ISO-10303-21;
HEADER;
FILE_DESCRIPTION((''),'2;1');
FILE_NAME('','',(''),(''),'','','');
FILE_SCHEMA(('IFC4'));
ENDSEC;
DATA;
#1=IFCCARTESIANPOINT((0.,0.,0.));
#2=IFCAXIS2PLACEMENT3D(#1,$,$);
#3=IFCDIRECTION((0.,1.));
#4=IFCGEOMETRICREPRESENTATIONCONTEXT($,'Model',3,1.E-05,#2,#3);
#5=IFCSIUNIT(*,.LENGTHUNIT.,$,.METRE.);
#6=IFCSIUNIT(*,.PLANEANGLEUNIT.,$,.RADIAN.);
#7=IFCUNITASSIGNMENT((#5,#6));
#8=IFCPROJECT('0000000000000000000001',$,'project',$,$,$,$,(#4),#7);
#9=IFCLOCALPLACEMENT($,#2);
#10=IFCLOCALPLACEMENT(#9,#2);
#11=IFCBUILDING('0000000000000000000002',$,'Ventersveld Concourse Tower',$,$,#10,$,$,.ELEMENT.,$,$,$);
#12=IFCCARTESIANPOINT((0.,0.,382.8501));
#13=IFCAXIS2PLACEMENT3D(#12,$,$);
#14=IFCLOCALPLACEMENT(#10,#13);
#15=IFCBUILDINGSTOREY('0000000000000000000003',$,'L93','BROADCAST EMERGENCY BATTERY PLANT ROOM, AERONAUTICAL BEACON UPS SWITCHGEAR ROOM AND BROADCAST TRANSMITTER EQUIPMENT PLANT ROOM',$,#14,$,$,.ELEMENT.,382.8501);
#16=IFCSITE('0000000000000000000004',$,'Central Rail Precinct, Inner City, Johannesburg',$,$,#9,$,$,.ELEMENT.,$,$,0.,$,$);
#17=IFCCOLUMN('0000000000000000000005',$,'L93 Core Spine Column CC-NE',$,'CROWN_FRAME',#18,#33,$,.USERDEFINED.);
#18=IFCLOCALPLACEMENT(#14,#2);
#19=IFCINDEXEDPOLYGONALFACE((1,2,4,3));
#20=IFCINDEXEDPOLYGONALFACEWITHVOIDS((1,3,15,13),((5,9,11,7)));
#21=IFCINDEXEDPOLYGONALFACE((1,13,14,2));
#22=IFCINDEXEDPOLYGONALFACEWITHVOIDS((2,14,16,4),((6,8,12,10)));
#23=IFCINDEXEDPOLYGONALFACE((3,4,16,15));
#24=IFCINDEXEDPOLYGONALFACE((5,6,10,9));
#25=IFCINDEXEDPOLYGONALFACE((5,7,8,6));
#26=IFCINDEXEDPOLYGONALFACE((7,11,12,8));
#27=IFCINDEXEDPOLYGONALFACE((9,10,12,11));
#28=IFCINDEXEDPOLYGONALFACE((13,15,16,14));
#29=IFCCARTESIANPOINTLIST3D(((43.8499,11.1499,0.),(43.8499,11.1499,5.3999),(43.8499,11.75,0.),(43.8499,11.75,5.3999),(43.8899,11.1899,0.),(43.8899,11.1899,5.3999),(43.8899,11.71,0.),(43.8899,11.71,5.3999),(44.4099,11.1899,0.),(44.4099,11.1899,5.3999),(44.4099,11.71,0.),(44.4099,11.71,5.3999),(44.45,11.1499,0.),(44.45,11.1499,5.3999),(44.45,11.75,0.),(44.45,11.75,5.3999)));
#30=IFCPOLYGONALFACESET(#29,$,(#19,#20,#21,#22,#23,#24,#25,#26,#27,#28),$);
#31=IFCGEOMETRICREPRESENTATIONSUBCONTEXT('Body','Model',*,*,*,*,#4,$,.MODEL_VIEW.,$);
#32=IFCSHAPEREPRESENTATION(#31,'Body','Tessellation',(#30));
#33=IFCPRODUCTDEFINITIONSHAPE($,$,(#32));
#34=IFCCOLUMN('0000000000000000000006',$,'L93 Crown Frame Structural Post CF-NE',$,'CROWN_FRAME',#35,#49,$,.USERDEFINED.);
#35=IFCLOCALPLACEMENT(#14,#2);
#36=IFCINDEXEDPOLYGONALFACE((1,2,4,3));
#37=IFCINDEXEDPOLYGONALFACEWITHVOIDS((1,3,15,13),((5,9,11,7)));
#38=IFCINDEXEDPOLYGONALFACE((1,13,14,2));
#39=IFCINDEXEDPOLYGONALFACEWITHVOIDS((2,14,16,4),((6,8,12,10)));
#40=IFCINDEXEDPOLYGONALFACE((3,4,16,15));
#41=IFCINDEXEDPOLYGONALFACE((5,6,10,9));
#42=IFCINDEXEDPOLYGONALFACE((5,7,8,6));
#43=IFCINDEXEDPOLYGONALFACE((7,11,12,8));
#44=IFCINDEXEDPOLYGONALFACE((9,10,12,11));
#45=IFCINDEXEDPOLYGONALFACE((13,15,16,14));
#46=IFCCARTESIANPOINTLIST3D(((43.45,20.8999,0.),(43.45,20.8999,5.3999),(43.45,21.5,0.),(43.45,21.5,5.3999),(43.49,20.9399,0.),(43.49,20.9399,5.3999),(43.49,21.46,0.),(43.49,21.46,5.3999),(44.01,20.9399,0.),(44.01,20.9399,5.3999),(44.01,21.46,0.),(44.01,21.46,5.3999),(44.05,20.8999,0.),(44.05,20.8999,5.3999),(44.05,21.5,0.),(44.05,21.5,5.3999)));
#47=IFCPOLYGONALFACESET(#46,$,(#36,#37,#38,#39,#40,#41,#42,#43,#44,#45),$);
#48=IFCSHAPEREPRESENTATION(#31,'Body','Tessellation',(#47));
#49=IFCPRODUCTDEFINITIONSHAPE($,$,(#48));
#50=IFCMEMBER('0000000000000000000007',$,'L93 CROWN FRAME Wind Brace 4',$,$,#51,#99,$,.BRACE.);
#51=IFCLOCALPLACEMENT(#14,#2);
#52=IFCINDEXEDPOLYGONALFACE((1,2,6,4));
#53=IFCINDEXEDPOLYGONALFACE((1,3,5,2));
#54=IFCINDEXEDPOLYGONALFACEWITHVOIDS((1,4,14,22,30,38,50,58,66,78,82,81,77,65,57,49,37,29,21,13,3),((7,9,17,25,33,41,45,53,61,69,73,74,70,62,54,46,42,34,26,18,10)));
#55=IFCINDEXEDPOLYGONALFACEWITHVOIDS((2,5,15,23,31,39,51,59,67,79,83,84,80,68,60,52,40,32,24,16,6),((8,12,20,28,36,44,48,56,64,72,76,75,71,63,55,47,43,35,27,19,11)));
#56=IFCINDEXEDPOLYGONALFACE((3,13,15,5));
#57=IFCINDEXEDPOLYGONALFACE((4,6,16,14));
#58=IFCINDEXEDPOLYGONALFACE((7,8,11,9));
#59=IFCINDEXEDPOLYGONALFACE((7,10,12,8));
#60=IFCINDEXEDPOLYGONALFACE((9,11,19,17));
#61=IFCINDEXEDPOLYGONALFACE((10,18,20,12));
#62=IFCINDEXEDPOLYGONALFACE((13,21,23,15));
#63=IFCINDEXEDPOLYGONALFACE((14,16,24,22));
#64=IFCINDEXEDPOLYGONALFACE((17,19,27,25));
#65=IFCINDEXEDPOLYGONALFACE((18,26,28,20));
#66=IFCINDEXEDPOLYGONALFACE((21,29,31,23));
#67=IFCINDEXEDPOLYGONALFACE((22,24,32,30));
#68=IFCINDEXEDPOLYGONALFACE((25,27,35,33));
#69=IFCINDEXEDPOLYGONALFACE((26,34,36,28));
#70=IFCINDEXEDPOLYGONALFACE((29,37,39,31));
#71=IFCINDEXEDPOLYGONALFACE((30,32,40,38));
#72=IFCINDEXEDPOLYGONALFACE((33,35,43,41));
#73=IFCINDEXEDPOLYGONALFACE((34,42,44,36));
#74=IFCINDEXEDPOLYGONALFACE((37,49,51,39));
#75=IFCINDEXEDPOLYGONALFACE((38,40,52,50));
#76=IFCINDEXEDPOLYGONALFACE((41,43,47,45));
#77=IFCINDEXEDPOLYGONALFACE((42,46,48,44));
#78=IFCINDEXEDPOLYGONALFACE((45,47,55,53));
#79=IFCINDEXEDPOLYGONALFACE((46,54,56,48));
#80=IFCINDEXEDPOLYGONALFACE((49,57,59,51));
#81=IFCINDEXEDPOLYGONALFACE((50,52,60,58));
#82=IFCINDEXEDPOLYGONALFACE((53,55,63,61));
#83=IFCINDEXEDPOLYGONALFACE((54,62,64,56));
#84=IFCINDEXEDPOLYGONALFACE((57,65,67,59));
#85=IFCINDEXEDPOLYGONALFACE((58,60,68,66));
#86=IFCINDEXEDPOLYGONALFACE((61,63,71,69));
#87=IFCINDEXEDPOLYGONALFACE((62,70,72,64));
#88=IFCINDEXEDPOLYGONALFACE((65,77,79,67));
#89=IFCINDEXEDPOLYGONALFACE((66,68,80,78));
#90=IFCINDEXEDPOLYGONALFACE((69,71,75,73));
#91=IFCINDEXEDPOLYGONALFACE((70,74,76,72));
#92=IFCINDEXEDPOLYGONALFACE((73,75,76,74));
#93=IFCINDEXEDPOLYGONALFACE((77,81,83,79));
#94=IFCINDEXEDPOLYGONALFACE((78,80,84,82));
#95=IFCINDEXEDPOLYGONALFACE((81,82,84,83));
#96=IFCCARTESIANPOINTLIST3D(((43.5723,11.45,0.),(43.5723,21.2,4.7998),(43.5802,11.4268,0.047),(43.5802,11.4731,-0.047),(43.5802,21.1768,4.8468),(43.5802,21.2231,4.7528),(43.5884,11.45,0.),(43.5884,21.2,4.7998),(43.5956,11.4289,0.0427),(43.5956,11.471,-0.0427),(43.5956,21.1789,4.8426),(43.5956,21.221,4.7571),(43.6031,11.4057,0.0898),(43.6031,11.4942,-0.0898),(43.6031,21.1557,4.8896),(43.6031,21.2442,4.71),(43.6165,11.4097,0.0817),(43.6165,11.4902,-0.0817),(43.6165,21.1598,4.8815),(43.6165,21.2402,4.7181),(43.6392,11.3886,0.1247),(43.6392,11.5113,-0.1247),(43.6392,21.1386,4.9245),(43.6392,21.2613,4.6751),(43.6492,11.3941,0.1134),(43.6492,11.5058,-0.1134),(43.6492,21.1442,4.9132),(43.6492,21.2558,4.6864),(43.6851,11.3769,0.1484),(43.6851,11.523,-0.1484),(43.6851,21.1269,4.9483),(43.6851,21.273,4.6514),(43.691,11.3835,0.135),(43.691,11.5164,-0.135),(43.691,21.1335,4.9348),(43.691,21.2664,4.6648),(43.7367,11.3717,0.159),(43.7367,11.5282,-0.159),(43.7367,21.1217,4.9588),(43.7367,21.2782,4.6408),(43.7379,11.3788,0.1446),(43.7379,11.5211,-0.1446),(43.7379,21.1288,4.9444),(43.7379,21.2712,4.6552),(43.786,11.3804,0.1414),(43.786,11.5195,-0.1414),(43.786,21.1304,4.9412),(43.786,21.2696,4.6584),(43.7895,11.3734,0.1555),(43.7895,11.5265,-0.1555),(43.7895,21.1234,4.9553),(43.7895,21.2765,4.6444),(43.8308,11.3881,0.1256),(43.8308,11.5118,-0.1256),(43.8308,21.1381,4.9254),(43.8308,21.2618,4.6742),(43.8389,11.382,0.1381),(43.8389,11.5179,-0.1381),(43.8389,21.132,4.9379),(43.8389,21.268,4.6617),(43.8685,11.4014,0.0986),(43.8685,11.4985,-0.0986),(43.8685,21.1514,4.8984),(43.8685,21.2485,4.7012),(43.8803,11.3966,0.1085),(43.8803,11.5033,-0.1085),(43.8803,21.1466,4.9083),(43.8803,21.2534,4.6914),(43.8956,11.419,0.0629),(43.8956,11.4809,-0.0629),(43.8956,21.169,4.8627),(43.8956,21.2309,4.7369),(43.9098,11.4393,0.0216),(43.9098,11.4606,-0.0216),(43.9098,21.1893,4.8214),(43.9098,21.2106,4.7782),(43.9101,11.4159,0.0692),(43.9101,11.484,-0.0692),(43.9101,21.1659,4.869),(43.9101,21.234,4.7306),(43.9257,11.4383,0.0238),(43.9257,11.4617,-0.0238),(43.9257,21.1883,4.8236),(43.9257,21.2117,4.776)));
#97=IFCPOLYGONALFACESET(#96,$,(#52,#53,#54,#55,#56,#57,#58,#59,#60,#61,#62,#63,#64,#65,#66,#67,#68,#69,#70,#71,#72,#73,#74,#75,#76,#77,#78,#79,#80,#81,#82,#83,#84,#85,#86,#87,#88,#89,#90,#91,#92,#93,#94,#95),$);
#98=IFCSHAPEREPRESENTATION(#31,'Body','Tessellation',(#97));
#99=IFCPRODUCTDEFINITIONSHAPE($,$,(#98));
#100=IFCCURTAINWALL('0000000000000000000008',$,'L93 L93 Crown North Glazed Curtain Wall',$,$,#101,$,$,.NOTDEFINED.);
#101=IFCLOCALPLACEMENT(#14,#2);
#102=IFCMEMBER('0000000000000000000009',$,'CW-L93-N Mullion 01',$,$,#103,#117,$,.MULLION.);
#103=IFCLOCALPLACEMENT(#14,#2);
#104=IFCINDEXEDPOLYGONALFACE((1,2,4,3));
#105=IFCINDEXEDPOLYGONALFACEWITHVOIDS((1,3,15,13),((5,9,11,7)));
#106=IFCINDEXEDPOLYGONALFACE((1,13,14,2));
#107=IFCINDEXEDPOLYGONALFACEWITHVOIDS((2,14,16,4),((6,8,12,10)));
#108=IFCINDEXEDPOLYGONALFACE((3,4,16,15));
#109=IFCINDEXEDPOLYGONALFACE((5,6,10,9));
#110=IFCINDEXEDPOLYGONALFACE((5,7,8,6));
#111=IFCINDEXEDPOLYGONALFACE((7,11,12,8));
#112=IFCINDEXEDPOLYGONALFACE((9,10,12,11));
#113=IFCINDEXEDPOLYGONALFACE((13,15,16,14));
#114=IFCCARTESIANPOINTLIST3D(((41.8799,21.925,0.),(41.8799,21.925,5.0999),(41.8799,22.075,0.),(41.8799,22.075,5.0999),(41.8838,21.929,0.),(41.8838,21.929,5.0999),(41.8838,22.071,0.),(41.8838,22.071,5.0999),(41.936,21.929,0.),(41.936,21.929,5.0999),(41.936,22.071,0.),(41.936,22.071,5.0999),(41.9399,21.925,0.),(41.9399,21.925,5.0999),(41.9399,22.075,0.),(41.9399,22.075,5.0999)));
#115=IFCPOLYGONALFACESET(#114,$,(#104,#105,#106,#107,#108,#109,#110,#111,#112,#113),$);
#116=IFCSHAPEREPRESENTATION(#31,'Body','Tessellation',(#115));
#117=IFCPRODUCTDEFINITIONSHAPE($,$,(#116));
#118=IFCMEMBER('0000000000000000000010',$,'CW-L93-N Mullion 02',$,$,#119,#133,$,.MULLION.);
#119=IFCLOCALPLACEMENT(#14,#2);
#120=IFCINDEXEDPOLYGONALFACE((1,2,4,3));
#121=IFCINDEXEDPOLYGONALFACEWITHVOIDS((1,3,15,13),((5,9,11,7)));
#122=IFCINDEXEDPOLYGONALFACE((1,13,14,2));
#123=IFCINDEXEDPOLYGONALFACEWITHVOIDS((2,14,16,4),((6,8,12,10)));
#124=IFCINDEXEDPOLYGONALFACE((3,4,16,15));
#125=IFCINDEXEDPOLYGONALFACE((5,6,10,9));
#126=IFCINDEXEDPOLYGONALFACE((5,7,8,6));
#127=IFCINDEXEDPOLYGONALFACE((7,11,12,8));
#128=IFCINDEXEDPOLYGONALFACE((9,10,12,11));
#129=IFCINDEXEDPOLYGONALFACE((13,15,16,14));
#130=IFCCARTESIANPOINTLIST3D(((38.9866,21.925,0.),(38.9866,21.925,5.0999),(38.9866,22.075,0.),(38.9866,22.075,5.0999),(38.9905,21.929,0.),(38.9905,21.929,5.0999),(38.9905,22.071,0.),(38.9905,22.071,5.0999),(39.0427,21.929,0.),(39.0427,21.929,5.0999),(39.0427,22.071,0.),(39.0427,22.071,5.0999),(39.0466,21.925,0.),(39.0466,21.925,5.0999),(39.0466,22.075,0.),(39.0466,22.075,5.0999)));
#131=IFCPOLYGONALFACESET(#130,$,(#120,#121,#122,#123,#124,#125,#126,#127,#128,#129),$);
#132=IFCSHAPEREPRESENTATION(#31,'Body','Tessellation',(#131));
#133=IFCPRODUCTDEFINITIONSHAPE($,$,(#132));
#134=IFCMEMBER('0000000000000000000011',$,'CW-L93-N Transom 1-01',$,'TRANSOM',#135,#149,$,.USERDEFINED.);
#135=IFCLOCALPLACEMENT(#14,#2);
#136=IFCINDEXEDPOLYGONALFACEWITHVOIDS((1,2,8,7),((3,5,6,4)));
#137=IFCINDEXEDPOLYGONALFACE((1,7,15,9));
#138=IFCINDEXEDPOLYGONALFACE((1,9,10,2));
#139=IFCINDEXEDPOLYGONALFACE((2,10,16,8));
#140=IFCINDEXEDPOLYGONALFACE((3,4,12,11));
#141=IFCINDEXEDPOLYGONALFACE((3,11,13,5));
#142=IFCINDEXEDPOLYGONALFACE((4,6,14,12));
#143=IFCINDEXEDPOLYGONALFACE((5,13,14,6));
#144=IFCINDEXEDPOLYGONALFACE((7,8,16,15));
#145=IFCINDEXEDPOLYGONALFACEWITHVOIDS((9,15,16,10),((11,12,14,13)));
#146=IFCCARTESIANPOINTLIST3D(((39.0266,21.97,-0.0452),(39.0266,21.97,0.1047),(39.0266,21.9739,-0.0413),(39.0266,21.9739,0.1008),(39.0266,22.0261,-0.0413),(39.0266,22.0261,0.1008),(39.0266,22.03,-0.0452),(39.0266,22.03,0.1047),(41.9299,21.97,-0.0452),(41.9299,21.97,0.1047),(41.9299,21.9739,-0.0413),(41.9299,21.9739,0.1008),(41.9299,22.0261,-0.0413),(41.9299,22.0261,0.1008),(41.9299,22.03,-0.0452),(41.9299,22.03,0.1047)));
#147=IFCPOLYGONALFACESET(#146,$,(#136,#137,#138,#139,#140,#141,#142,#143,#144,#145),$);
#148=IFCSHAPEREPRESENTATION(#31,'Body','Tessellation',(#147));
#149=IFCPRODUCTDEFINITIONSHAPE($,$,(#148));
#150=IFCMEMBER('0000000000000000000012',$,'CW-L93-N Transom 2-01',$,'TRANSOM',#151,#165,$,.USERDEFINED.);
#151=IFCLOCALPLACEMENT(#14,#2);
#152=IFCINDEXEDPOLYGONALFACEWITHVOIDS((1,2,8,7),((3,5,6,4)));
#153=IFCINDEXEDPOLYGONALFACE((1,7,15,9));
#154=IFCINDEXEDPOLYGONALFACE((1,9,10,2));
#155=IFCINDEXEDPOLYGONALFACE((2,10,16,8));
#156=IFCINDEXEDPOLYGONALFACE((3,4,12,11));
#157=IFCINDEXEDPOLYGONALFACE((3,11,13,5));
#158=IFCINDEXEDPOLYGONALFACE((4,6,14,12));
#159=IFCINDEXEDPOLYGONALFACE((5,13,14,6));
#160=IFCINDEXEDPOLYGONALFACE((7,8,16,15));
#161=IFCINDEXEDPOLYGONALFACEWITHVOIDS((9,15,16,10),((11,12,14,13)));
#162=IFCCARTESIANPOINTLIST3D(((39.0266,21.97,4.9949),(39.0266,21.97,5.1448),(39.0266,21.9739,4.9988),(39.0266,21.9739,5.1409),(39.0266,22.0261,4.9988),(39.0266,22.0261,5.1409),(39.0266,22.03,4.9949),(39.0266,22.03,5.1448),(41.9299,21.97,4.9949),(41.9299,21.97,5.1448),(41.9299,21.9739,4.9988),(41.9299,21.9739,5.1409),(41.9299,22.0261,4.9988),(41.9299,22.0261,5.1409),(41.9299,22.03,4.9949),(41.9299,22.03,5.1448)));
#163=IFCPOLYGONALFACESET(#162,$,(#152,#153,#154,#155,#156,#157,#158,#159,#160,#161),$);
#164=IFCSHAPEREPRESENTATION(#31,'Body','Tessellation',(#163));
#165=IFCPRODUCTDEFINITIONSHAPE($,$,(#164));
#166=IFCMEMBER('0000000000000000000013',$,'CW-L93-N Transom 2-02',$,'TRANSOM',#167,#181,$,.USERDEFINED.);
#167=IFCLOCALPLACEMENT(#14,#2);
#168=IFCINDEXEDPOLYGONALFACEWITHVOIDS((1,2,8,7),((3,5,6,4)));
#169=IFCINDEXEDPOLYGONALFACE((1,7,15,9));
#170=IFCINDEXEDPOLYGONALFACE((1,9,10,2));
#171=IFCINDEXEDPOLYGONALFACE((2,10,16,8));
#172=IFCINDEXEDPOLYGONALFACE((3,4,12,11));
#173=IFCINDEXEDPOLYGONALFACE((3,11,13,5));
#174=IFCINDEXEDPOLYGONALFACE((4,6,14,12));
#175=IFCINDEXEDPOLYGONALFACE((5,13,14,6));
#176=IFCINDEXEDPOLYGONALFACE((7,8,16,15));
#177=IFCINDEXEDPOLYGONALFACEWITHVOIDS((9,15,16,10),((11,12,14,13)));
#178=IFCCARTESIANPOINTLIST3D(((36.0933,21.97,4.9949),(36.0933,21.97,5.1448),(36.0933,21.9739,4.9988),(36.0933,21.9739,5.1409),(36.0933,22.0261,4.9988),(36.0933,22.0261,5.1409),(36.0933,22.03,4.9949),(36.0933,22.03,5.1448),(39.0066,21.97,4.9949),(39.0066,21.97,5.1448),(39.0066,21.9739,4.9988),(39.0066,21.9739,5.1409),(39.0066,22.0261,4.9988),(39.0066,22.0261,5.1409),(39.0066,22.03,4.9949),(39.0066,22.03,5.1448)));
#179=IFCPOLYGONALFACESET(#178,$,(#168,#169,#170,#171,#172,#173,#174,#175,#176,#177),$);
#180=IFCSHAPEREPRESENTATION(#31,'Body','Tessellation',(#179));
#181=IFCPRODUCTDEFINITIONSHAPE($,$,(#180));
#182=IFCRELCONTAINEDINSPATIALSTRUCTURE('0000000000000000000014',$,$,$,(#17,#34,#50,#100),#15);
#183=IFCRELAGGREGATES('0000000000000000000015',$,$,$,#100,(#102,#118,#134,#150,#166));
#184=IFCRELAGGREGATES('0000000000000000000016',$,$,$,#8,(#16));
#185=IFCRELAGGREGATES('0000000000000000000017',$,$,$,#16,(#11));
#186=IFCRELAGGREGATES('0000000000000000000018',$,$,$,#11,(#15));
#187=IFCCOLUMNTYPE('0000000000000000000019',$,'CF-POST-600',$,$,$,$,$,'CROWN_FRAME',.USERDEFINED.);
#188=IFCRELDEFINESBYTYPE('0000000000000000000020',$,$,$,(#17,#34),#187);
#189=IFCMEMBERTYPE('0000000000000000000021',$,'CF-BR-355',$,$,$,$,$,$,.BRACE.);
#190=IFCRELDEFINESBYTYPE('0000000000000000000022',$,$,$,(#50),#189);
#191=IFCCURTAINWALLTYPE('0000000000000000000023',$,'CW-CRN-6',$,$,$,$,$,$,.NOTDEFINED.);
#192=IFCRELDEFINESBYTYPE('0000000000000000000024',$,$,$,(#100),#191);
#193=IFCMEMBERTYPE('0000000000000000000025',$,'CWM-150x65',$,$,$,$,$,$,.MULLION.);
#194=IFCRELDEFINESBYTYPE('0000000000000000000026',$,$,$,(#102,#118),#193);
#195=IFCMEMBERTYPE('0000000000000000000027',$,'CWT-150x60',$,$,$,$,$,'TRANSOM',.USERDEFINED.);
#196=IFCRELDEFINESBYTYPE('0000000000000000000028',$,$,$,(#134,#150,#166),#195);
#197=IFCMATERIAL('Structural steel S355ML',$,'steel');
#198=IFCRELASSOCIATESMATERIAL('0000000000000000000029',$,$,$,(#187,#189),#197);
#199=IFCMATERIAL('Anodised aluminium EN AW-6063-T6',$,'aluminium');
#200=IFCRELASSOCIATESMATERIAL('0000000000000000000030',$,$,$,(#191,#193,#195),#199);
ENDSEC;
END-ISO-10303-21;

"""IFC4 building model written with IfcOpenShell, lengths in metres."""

from ifc_helpers import new_model, si_unit, direction, frame, origin, origin_2d, place, context, subcontext, project, spatial, hollow_rectangle, hollow_circle, extrude, material, material_profile, profile_set, type_object, element, aggregate, save


model = new_model("IFC4")

# Units and contexts
model_context = context("Model", 3, precision=1e-05, world=origin(), true_north=direction((0.0, 1.0)))
body_context = subcontext(model_context, "Body", "Model", "MODEL_VIEW")
ifc_project = project(units=[si_unit("LENGTHUNIT", "METRE"), si_unit("PLANEANGLEUNIT", "RADIAN")], contexts=[model_context])

# Site, building, storey
site_placement = place(None, origin())
site = spatial("IfcSite", under=ifc_project, at=site_placement, Name="Central Rail Precinct, Inner City, Johannesburg", CompositionType="ELEMENT", RefElevation=0.0)
building_placement = place(site_placement, origin())
building = spatial("IfcBuilding", under=site, at=building_placement, Name="Ventersveld Concourse Tower", CompositionType="ELEMENT")
storey_placement = place(building_placement, frame((0.0, 0.0, 382.8501)))
storey = spatial("IfcBuildingStorey", under=building, at=storey_placement, Name="L93", Description="BROADCAST EMERGENCY BATTERY PLANT ROOM, AERONAUTICAL BEACON UPS SWITCHGEAR ROOM AND BROADCAST TRANSMITTER EQUIPMENT PLANT ROOM", CompositionType="ELEMENT", Elevation=382.8501)

# Columns
ifc_material_1 = material(Name="Structural steel S355ML", Category="steel")
ifc_material_profile_1 = material_profile(ifc_material_1, hollow_rectangle(XDim=0.6001, YDim=0.6001, WallThickness=0.04, at=origin_2d()), Name="BOX 600x600x40")
ifc_profile_set_1 = profile_set([ifc_material_profile_1], Name="Structural steel S355ML")
column_type = type_object("IfcColumnType", Name="CF-POST-600", ElementType="CROWN_FRAME", PredefinedType="USERDEFINED", material=ifc_profile_set_1)
for number, where, z_axis, x_axis, name in (
    (1, (44.1499, 11.45, 0.0), (0.0, 0.0, 1.0), (1.0, 0.0, 0.0), "L93 Core Spine Column CC-NE"),
    (2, (43.75, 21.2, 0.0), (0.0, 0.0, 1.0), (1.0, 0.0, 0.0), "L93 Crown Frame Structural Post CF-NE"),
):
    element("IfcColumn", number, at=place(storey_placement, frame(where, z_axis=z_axis, x_axis=x_axis)), inside=storey, type_object=column_type, Name=name, ObjectType="CROWN_FRAME", PredefinedType="USERDEFINED", context=body_context, shape_type="SweptSolid", body=[
        extrude(hollow_rectangle(XDim=0.6001, YDim=0.6001, WallThickness=0.04, at=origin_2d()), origin(), (0.0, 0.0, 1.0), 5.3999),
    ])

# Member
ifc_material_profile_2 = material_profile(ifc_material_1, hollow_circle(Radius=0.1777, WallThickness=0.0161, at=origin_2d()), Name="CHS 355.6x16")
ifc_profile_set_2 = profile_set([ifc_material_profile_2], Name="Structural steel S355ML")
member_type_1 = type_object("IfcMemberType", Name="CF-BR-355", PredefinedType="BRACE", material=ifc_profile_set_2)
member_1_placement = place(storey_placement, frame((43.75, 11.45, 0.0), z_axis=(0.0, 0.897178, 0.44167), x_axis=(-1.0, 0.0, 0.0)))
element("IfcMember", 3, at=member_1_placement, inside=storey, type_object=member_type_1, Name="L93 CROWN FRAME Wind Brace 4", PredefinedType="BRACE", context=body_context, shape_type="SweptSolid", body=[
    extrude(hollow_circle(Radius=0.1777, WallThickness=0.0161, at=origin_2d()), origin(), (0.0, 0.0, 1.0), 10.8674),
])

# Curtain wall, members
ifc_material_2 = material(Name="Anodised aluminium EN AW-6063-T6", Category="aluminium")
curtain_wall_type = type_object("IfcCurtainWallType", Name="CW-CRN-6", PredefinedType="NOTDEFINED", material=ifc_material_2)
curtain_wall_placement = place(storey_placement, origin())
curtain_wall = element("IfcCurtainWall", 4, at=curtain_wall_placement, inside=storey, type_object=curtain_wall_type, Name="L93 L93 Crown North Glazed Curtain Wall", PredefinedType="NOTDEFINED")
ifc_material_profile_3 = material_profile(ifc_material_2, hollow_rectangle(XDim=0.0601, YDim=0.1499, WallThickness=0.0039, at=origin_2d()), Name="ALU 150x60x4")
ifc_profile_set_3 = profile_set([ifc_material_profile_3], Name="Anodised aluminium EN AW-6063-T6")
member_type_2 = type_object("IfcMemberType", Name="CWM-150x65", PredefinedType="MULLION", material=ifc_profile_set_3)
member_2_placement = place(storey_placement, frame((41.9099, 22.0, 0.0), z_axis=(0.0, 0.0, 1.0), x_axis=(1.0, 0.0, 0.0)))
member_2 = element("IfcMember", 5, at=member_2_placement, type_object=member_type_2, Name="CW-L93-N Mullion 01", PredefinedType="MULLION", context=body_context, shape_type="SweptSolid", body=[
    extrude(hollow_rectangle(XDim=0.0601, YDim=0.1499, WallThickness=0.0039, at=origin_2d()), origin(), (0.0, 0.0, 1.0), 5.0999),
])
member_3_placement = place(storey_placement, frame((39.0166, 22.0, 0.0), z_axis=(0.0, 0.0, 1.0), x_axis=(1.0, 0.0, 0.0)))
member_3 = element("IfcMember", 6, at=member_3_placement, type_object=member_type_2, Name="CW-L93-N Mullion 02", PredefinedType="MULLION", context=body_context, shape_type="SweptSolid", body=[
    extrude(hollow_rectangle(XDim=0.0601, YDim=0.1499, WallThickness=0.0039, at=origin_2d()), origin(), (0.0, 0.0, 1.0), 5.0999),
])
ifc_material_profile_4 = material_profile(ifc_material_2, hollow_rectangle(XDim=0.0601, YDim=0.1499, WallThickness=0.0039, at=origin_2d()), Name="ALU 150x60x4")
ifc_profile_set_4 = profile_set([ifc_material_profile_4], Name="Anodised aluminium EN AW-6063-T6")
member_type_3 = type_object("IfcMemberType", Name="CWT-150x60", ElementType="TRANSOM", PredefinedType="USERDEFINED", material=ifc_profile_set_4)
member_4_placement = place(storey_placement, frame((41.9299, 22.0, 0.0298), z_axis=(-1.0, 0.0, 0.0), x_axis=(0.0, -1.0, 0.0)))
member_4 = element("IfcMember", 7, at=member_4_placement, type_object=member_type_3, Name="CW-L93-N Transom 1-01", ObjectType="TRANSOM", PredefinedType="USERDEFINED", context=body_context, shape_type="SweptSolid", body=[
    extrude(hollow_rectangle(XDim=0.0601, YDim=0.1499, WallThickness=0.0039, at=origin_2d()), origin(), (0.0, 0.0, 1.0), 2.9033),
])
member_5_placement = place(storey_placement, frame((41.9299, 22.0, 5.0698), z_axis=(-1.0, 0.0, 0.0), x_axis=(0.0, -1.0, 0.0)))
member_5 = element("IfcMember", 8, at=member_5_placement, type_object=member_type_3, Name="CW-L93-N Transom 2-01", ObjectType="TRANSOM", PredefinedType="USERDEFINED", context=body_context, shape_type="SweptSolid", body=[
    extrude(hollow_rectangle(XDim=0.0601, YDim=0.1499, WallThickness=0.0039, at=origin_2d()), origin(), (0.0, 0.0, 1.0), 2.9033),
])
member_6_placement = place(storey_placement, frame((39.0066, 22.0, 5.0698), z_axis=(-1.0, 0.0, 0.0), x_axis=(0.0, -1.0, 0.0)))
member_6 = element("IfcMember", 9, at=member_6_placement, type_object=member_type_3, Name="CW-L93-N Transom 2-02", ObjectType="TRANSOM", PredefinedType="USERDEFINED", context=body_context, shape_type="SweptSolid", body=[
    extrude(hollow_rectangle(XDim=0.0601, YDim=0.1499, WallThickness=0.0039, at=origin_2d()), origin(), (0.0, 0.0, 1.0), 2.9133),
])

aggregate(curtain_wall, [member_2, member_3, member_4, member_5, member_6])

save(model, "model.ifc")
